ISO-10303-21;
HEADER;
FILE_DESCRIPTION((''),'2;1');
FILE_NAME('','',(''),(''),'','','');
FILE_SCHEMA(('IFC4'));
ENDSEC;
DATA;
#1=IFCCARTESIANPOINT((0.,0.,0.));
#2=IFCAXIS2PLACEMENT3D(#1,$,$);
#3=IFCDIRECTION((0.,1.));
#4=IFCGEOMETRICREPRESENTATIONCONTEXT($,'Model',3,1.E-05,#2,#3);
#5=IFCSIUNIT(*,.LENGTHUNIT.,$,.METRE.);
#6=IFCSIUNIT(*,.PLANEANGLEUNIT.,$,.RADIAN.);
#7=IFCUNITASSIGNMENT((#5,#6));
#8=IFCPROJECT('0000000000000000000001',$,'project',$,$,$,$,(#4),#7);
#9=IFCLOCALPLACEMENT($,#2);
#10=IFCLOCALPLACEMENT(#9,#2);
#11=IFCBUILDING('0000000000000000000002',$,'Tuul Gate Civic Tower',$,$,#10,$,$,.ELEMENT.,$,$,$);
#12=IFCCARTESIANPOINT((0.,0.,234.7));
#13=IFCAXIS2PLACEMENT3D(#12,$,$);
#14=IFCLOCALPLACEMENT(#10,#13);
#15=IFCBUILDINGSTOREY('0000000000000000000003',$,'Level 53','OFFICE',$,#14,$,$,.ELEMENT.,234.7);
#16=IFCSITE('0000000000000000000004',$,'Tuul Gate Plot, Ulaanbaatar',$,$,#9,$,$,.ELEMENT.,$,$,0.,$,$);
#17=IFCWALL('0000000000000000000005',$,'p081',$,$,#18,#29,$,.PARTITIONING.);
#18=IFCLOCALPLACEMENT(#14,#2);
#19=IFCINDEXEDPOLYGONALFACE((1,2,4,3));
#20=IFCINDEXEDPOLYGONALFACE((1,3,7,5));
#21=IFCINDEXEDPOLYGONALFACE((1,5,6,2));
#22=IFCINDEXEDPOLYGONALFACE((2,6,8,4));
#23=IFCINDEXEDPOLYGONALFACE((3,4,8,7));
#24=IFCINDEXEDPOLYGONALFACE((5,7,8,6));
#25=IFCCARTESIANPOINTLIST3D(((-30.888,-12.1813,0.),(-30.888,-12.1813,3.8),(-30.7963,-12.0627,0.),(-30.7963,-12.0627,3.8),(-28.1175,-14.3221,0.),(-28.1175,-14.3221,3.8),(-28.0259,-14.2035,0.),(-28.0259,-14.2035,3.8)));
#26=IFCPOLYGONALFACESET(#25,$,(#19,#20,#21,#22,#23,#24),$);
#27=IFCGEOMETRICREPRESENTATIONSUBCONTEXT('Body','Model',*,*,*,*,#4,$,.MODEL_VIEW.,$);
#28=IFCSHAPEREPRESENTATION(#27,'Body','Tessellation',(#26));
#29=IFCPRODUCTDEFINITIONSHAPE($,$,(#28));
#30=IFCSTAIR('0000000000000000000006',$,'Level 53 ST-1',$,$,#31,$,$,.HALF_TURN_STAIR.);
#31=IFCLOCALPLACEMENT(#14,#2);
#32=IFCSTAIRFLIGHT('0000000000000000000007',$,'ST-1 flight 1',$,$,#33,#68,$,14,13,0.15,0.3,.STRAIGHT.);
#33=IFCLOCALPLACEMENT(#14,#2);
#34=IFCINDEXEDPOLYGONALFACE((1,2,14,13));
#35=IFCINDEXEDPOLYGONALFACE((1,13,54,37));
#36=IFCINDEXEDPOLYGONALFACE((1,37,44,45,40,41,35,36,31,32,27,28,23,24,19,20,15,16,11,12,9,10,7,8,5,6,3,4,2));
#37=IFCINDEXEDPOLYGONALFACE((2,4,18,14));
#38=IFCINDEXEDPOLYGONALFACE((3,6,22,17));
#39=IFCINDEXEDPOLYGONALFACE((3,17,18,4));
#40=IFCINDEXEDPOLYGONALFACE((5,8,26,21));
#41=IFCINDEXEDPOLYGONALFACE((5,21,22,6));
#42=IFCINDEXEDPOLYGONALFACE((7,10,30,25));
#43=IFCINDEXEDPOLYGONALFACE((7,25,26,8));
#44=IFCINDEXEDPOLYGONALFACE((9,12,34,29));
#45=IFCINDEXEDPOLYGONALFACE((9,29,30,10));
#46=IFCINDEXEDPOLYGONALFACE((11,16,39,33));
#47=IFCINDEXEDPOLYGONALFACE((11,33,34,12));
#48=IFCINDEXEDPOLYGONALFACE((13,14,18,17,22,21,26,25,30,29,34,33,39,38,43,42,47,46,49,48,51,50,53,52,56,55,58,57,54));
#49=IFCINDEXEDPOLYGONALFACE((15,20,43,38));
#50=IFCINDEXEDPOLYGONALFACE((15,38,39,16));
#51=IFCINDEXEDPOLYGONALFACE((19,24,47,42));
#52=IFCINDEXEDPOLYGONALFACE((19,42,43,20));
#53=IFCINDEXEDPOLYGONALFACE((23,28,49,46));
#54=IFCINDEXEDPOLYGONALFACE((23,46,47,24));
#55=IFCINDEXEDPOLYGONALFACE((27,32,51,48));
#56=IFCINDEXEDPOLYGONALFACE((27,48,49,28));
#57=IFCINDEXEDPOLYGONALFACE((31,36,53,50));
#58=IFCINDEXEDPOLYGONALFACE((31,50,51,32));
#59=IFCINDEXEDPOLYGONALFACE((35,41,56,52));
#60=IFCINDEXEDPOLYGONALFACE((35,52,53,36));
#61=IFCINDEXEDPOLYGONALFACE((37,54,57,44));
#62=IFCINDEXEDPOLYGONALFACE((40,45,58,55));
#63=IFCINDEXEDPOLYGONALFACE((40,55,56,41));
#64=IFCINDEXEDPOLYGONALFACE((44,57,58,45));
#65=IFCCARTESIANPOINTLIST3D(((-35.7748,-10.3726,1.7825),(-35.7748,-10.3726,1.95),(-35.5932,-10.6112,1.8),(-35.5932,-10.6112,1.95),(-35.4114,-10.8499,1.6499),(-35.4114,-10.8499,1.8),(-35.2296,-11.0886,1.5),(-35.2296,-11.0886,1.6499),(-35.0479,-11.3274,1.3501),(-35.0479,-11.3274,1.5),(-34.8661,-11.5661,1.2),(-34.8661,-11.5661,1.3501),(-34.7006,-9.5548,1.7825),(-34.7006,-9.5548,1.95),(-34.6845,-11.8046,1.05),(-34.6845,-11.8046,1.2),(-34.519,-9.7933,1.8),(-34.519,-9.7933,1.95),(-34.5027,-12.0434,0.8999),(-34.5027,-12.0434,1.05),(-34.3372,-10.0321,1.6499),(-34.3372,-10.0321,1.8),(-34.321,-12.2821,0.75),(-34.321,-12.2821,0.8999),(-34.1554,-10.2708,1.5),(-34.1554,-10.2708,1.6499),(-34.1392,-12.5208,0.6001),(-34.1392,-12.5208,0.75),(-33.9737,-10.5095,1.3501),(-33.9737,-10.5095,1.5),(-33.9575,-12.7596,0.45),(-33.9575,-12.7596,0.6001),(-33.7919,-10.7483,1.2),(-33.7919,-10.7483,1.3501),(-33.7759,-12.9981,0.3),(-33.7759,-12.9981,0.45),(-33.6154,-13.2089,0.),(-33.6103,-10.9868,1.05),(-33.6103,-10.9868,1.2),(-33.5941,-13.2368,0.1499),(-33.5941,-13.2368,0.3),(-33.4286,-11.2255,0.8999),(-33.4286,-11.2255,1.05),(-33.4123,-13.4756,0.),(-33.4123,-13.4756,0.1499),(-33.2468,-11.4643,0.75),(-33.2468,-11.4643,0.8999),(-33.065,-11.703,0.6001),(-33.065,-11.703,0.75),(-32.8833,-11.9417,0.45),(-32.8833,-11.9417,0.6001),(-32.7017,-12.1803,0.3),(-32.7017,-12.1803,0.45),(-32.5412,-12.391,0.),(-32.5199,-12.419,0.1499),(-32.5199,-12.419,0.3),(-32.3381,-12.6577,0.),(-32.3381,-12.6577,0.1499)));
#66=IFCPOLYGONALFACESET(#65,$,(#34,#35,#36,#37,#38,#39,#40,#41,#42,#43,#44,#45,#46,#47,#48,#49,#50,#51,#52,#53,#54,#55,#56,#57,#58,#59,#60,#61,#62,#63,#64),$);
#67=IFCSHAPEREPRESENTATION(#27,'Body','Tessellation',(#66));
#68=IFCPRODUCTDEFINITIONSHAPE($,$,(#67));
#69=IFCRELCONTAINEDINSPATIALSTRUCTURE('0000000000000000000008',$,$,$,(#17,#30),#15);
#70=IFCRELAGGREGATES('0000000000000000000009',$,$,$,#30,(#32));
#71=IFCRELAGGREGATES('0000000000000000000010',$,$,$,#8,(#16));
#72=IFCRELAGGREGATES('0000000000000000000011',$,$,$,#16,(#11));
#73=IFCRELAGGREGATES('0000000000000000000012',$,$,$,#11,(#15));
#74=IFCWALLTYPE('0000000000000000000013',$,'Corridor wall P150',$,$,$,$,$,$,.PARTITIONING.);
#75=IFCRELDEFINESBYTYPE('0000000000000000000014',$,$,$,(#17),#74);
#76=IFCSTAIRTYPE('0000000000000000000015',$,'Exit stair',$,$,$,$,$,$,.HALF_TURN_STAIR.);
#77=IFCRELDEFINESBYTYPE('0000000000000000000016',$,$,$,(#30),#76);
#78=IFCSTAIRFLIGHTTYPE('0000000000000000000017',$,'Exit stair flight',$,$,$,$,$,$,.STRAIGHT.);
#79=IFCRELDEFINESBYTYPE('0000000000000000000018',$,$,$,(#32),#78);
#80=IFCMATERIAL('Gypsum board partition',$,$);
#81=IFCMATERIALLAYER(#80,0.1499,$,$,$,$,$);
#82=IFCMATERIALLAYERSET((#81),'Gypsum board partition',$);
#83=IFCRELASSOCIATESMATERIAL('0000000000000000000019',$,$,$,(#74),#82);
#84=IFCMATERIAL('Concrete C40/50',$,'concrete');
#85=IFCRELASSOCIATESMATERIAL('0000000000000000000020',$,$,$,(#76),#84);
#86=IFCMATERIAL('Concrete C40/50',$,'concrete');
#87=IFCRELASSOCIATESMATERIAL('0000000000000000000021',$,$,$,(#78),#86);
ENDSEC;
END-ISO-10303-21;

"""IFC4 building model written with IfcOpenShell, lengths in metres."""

from ifc_helpers import new_model, si_unit, direction, frame, frame_2d, origin, place, context, subcontext, project, spatial, polyline, rectangle, outline, extrude, material, layer, layer_set, type_object, element, aggregate, save


model = new_model("IFC4")

# Units and contexts
model_context = context("Model", 3, precision=1e-05, world=origin(), true_north=direction((0.0, 1.0)))
body_context = subcontext(model_context, "Body", "Model", "MODEL_VIEW")
ifc_project = project(units=[si_unit("LENGTHUNIT", "METRE"), si_unit("PLANEANGLEUNIT", "RADIAN")], contexts=[model_context])

# Site, building, storey
site_placement = place(None, origin())
site = spatial("IfcSite", under=ifc_project, at=site_placement, Name="Tuul Gate Plot, Ulaanbaatar", CompositionType="ELEMENT", RefElevation=0.0)
building_placement = place(site_placement, origin())
building = spatial("IfcBuilding", under=site, at=building_placement, Name="Tuul Gate Civic Tower", CompositionType="ELEMENT")
storey_placement = place(building_placement, frame((0.0, 0.0, 234.7)))
storey = spatial("IfcBuildingStorey", under=building, at=storey_placement, Name="Level 53", Description="OFFICE", CompositionType="ELEMENT", Elevation=234.7)

# Wall
ifc_material_1 = material(Name="Gypsum board partition")
ifc_layer_1 = layer(ifc_material_1, 0.1499)
ifc_layer_set_1 = layer_set([ifc_layer_1], Name="Gypsum board partition")
wall_type_1 = type_object("IfcWallType", Name="Corridor wall P150", PredefinedType="PARTITIONING", material=ifc_layer_set_1)
wall_1_placement = place(storey_placement, frame((-30.842, -12.1221, 0.0), z_axis=(0.0, 0.0, 1.0), x_axis=(0.791282, -0.611451, 0.0)))
element("IfcWall", 1, at=wall_1_placement, inside=storey, type_object=wall_type_1, Name="p081", PredefinedType="PARTITIONING", context=body_context, shape_type="SweptSolid", body=[
    extrude(rectangle(XDim=3.5012, YDim=0.1499, at=frame_2d((1.7505, 0.0))), origin(), (0.0, 0.0, 1.0), 3.8),
])

# Stair, stair flight
ifc_material_2 = material(Name="Concrete C40/50", Category="concrete")
stair_type = type_object("IfcStairType", Name="Exit stair", PredefinedType="HALF_TURN_STAIR", material=ifc_material_2)
stair_placement = place(storey_placement, origin())
stair = element("IfcStair", 2, at=stair_placement, inside=storey, type_object=stair_type, Name="Level 53 ST-1", PredefinedType="HALF_TURN_STAIR")
ifc_material_3 = material(Name="Concrete C40/50", Category="concrete")
stair_flight_type = type_object("IfcStairFlightType", Name="Exit stair flight", PredefinedType="STRAIGHT", material=ifc_material_3)
stair_flight_placement = place(storey_placement, frame((-32.8752, -13.0667, 0.0), z_axis=(0.0, 0.0, 1.0), x_axis=(-0.605764, 0.795644, 0.0)))
stair_flight = element("IfcStairFlight", 3, at=stair_flight_placement, type_object=stair_flight_type, Name="ST-1 flight 1", NumberOfRisers=14, NumberOfTreads=13, PredefinedType="STRAIGHT", RiserHeight=0.15, TreadLength=0.3, context=body_context, shape_type="SweptSolid", body=[
    extrude(outline(polyline([(0.0, 0.0), (0.0, 0.1499), (0.3, 0.1499), (0.3, 0.3), (0.6001, 0.3), (0.6001, 0.45), (0.8999, 0.45), (0.8999, 0.6001), (1.2, 0.6001), (1.2, 0.75), (1.5, 0.75), (1.5, 0.8999), (1.8, 0.8999), (1.8, 1.05), (2.1001, 1.05), (2.1001, 1.2), (2.3999, 1.2), (2.3999, 1.3501), (2.7, 1.3501), (2.7, 1.5), (3.0, 1.5), (3.0, 1.6499), (3.3, 1.6499), (3.3, 1.8), (3.6001, 1.8), (3.6001, 1.95), (3.8999, 1.95), (3.8999, 2.1001), (3.8999, 1.7825), (0.3352, 0.0), (0.0, 0.0)])), frame((0.0, 0.675, 0.0), z_axis=(0.0, -1.0, 0.0), x_axis=(1.0, 0.0, 0.0)), (0.0, 0.0, 1.0), 1.3501),
])
aggregate(stair, [stair_flight])

save(model, "model.ifc")
